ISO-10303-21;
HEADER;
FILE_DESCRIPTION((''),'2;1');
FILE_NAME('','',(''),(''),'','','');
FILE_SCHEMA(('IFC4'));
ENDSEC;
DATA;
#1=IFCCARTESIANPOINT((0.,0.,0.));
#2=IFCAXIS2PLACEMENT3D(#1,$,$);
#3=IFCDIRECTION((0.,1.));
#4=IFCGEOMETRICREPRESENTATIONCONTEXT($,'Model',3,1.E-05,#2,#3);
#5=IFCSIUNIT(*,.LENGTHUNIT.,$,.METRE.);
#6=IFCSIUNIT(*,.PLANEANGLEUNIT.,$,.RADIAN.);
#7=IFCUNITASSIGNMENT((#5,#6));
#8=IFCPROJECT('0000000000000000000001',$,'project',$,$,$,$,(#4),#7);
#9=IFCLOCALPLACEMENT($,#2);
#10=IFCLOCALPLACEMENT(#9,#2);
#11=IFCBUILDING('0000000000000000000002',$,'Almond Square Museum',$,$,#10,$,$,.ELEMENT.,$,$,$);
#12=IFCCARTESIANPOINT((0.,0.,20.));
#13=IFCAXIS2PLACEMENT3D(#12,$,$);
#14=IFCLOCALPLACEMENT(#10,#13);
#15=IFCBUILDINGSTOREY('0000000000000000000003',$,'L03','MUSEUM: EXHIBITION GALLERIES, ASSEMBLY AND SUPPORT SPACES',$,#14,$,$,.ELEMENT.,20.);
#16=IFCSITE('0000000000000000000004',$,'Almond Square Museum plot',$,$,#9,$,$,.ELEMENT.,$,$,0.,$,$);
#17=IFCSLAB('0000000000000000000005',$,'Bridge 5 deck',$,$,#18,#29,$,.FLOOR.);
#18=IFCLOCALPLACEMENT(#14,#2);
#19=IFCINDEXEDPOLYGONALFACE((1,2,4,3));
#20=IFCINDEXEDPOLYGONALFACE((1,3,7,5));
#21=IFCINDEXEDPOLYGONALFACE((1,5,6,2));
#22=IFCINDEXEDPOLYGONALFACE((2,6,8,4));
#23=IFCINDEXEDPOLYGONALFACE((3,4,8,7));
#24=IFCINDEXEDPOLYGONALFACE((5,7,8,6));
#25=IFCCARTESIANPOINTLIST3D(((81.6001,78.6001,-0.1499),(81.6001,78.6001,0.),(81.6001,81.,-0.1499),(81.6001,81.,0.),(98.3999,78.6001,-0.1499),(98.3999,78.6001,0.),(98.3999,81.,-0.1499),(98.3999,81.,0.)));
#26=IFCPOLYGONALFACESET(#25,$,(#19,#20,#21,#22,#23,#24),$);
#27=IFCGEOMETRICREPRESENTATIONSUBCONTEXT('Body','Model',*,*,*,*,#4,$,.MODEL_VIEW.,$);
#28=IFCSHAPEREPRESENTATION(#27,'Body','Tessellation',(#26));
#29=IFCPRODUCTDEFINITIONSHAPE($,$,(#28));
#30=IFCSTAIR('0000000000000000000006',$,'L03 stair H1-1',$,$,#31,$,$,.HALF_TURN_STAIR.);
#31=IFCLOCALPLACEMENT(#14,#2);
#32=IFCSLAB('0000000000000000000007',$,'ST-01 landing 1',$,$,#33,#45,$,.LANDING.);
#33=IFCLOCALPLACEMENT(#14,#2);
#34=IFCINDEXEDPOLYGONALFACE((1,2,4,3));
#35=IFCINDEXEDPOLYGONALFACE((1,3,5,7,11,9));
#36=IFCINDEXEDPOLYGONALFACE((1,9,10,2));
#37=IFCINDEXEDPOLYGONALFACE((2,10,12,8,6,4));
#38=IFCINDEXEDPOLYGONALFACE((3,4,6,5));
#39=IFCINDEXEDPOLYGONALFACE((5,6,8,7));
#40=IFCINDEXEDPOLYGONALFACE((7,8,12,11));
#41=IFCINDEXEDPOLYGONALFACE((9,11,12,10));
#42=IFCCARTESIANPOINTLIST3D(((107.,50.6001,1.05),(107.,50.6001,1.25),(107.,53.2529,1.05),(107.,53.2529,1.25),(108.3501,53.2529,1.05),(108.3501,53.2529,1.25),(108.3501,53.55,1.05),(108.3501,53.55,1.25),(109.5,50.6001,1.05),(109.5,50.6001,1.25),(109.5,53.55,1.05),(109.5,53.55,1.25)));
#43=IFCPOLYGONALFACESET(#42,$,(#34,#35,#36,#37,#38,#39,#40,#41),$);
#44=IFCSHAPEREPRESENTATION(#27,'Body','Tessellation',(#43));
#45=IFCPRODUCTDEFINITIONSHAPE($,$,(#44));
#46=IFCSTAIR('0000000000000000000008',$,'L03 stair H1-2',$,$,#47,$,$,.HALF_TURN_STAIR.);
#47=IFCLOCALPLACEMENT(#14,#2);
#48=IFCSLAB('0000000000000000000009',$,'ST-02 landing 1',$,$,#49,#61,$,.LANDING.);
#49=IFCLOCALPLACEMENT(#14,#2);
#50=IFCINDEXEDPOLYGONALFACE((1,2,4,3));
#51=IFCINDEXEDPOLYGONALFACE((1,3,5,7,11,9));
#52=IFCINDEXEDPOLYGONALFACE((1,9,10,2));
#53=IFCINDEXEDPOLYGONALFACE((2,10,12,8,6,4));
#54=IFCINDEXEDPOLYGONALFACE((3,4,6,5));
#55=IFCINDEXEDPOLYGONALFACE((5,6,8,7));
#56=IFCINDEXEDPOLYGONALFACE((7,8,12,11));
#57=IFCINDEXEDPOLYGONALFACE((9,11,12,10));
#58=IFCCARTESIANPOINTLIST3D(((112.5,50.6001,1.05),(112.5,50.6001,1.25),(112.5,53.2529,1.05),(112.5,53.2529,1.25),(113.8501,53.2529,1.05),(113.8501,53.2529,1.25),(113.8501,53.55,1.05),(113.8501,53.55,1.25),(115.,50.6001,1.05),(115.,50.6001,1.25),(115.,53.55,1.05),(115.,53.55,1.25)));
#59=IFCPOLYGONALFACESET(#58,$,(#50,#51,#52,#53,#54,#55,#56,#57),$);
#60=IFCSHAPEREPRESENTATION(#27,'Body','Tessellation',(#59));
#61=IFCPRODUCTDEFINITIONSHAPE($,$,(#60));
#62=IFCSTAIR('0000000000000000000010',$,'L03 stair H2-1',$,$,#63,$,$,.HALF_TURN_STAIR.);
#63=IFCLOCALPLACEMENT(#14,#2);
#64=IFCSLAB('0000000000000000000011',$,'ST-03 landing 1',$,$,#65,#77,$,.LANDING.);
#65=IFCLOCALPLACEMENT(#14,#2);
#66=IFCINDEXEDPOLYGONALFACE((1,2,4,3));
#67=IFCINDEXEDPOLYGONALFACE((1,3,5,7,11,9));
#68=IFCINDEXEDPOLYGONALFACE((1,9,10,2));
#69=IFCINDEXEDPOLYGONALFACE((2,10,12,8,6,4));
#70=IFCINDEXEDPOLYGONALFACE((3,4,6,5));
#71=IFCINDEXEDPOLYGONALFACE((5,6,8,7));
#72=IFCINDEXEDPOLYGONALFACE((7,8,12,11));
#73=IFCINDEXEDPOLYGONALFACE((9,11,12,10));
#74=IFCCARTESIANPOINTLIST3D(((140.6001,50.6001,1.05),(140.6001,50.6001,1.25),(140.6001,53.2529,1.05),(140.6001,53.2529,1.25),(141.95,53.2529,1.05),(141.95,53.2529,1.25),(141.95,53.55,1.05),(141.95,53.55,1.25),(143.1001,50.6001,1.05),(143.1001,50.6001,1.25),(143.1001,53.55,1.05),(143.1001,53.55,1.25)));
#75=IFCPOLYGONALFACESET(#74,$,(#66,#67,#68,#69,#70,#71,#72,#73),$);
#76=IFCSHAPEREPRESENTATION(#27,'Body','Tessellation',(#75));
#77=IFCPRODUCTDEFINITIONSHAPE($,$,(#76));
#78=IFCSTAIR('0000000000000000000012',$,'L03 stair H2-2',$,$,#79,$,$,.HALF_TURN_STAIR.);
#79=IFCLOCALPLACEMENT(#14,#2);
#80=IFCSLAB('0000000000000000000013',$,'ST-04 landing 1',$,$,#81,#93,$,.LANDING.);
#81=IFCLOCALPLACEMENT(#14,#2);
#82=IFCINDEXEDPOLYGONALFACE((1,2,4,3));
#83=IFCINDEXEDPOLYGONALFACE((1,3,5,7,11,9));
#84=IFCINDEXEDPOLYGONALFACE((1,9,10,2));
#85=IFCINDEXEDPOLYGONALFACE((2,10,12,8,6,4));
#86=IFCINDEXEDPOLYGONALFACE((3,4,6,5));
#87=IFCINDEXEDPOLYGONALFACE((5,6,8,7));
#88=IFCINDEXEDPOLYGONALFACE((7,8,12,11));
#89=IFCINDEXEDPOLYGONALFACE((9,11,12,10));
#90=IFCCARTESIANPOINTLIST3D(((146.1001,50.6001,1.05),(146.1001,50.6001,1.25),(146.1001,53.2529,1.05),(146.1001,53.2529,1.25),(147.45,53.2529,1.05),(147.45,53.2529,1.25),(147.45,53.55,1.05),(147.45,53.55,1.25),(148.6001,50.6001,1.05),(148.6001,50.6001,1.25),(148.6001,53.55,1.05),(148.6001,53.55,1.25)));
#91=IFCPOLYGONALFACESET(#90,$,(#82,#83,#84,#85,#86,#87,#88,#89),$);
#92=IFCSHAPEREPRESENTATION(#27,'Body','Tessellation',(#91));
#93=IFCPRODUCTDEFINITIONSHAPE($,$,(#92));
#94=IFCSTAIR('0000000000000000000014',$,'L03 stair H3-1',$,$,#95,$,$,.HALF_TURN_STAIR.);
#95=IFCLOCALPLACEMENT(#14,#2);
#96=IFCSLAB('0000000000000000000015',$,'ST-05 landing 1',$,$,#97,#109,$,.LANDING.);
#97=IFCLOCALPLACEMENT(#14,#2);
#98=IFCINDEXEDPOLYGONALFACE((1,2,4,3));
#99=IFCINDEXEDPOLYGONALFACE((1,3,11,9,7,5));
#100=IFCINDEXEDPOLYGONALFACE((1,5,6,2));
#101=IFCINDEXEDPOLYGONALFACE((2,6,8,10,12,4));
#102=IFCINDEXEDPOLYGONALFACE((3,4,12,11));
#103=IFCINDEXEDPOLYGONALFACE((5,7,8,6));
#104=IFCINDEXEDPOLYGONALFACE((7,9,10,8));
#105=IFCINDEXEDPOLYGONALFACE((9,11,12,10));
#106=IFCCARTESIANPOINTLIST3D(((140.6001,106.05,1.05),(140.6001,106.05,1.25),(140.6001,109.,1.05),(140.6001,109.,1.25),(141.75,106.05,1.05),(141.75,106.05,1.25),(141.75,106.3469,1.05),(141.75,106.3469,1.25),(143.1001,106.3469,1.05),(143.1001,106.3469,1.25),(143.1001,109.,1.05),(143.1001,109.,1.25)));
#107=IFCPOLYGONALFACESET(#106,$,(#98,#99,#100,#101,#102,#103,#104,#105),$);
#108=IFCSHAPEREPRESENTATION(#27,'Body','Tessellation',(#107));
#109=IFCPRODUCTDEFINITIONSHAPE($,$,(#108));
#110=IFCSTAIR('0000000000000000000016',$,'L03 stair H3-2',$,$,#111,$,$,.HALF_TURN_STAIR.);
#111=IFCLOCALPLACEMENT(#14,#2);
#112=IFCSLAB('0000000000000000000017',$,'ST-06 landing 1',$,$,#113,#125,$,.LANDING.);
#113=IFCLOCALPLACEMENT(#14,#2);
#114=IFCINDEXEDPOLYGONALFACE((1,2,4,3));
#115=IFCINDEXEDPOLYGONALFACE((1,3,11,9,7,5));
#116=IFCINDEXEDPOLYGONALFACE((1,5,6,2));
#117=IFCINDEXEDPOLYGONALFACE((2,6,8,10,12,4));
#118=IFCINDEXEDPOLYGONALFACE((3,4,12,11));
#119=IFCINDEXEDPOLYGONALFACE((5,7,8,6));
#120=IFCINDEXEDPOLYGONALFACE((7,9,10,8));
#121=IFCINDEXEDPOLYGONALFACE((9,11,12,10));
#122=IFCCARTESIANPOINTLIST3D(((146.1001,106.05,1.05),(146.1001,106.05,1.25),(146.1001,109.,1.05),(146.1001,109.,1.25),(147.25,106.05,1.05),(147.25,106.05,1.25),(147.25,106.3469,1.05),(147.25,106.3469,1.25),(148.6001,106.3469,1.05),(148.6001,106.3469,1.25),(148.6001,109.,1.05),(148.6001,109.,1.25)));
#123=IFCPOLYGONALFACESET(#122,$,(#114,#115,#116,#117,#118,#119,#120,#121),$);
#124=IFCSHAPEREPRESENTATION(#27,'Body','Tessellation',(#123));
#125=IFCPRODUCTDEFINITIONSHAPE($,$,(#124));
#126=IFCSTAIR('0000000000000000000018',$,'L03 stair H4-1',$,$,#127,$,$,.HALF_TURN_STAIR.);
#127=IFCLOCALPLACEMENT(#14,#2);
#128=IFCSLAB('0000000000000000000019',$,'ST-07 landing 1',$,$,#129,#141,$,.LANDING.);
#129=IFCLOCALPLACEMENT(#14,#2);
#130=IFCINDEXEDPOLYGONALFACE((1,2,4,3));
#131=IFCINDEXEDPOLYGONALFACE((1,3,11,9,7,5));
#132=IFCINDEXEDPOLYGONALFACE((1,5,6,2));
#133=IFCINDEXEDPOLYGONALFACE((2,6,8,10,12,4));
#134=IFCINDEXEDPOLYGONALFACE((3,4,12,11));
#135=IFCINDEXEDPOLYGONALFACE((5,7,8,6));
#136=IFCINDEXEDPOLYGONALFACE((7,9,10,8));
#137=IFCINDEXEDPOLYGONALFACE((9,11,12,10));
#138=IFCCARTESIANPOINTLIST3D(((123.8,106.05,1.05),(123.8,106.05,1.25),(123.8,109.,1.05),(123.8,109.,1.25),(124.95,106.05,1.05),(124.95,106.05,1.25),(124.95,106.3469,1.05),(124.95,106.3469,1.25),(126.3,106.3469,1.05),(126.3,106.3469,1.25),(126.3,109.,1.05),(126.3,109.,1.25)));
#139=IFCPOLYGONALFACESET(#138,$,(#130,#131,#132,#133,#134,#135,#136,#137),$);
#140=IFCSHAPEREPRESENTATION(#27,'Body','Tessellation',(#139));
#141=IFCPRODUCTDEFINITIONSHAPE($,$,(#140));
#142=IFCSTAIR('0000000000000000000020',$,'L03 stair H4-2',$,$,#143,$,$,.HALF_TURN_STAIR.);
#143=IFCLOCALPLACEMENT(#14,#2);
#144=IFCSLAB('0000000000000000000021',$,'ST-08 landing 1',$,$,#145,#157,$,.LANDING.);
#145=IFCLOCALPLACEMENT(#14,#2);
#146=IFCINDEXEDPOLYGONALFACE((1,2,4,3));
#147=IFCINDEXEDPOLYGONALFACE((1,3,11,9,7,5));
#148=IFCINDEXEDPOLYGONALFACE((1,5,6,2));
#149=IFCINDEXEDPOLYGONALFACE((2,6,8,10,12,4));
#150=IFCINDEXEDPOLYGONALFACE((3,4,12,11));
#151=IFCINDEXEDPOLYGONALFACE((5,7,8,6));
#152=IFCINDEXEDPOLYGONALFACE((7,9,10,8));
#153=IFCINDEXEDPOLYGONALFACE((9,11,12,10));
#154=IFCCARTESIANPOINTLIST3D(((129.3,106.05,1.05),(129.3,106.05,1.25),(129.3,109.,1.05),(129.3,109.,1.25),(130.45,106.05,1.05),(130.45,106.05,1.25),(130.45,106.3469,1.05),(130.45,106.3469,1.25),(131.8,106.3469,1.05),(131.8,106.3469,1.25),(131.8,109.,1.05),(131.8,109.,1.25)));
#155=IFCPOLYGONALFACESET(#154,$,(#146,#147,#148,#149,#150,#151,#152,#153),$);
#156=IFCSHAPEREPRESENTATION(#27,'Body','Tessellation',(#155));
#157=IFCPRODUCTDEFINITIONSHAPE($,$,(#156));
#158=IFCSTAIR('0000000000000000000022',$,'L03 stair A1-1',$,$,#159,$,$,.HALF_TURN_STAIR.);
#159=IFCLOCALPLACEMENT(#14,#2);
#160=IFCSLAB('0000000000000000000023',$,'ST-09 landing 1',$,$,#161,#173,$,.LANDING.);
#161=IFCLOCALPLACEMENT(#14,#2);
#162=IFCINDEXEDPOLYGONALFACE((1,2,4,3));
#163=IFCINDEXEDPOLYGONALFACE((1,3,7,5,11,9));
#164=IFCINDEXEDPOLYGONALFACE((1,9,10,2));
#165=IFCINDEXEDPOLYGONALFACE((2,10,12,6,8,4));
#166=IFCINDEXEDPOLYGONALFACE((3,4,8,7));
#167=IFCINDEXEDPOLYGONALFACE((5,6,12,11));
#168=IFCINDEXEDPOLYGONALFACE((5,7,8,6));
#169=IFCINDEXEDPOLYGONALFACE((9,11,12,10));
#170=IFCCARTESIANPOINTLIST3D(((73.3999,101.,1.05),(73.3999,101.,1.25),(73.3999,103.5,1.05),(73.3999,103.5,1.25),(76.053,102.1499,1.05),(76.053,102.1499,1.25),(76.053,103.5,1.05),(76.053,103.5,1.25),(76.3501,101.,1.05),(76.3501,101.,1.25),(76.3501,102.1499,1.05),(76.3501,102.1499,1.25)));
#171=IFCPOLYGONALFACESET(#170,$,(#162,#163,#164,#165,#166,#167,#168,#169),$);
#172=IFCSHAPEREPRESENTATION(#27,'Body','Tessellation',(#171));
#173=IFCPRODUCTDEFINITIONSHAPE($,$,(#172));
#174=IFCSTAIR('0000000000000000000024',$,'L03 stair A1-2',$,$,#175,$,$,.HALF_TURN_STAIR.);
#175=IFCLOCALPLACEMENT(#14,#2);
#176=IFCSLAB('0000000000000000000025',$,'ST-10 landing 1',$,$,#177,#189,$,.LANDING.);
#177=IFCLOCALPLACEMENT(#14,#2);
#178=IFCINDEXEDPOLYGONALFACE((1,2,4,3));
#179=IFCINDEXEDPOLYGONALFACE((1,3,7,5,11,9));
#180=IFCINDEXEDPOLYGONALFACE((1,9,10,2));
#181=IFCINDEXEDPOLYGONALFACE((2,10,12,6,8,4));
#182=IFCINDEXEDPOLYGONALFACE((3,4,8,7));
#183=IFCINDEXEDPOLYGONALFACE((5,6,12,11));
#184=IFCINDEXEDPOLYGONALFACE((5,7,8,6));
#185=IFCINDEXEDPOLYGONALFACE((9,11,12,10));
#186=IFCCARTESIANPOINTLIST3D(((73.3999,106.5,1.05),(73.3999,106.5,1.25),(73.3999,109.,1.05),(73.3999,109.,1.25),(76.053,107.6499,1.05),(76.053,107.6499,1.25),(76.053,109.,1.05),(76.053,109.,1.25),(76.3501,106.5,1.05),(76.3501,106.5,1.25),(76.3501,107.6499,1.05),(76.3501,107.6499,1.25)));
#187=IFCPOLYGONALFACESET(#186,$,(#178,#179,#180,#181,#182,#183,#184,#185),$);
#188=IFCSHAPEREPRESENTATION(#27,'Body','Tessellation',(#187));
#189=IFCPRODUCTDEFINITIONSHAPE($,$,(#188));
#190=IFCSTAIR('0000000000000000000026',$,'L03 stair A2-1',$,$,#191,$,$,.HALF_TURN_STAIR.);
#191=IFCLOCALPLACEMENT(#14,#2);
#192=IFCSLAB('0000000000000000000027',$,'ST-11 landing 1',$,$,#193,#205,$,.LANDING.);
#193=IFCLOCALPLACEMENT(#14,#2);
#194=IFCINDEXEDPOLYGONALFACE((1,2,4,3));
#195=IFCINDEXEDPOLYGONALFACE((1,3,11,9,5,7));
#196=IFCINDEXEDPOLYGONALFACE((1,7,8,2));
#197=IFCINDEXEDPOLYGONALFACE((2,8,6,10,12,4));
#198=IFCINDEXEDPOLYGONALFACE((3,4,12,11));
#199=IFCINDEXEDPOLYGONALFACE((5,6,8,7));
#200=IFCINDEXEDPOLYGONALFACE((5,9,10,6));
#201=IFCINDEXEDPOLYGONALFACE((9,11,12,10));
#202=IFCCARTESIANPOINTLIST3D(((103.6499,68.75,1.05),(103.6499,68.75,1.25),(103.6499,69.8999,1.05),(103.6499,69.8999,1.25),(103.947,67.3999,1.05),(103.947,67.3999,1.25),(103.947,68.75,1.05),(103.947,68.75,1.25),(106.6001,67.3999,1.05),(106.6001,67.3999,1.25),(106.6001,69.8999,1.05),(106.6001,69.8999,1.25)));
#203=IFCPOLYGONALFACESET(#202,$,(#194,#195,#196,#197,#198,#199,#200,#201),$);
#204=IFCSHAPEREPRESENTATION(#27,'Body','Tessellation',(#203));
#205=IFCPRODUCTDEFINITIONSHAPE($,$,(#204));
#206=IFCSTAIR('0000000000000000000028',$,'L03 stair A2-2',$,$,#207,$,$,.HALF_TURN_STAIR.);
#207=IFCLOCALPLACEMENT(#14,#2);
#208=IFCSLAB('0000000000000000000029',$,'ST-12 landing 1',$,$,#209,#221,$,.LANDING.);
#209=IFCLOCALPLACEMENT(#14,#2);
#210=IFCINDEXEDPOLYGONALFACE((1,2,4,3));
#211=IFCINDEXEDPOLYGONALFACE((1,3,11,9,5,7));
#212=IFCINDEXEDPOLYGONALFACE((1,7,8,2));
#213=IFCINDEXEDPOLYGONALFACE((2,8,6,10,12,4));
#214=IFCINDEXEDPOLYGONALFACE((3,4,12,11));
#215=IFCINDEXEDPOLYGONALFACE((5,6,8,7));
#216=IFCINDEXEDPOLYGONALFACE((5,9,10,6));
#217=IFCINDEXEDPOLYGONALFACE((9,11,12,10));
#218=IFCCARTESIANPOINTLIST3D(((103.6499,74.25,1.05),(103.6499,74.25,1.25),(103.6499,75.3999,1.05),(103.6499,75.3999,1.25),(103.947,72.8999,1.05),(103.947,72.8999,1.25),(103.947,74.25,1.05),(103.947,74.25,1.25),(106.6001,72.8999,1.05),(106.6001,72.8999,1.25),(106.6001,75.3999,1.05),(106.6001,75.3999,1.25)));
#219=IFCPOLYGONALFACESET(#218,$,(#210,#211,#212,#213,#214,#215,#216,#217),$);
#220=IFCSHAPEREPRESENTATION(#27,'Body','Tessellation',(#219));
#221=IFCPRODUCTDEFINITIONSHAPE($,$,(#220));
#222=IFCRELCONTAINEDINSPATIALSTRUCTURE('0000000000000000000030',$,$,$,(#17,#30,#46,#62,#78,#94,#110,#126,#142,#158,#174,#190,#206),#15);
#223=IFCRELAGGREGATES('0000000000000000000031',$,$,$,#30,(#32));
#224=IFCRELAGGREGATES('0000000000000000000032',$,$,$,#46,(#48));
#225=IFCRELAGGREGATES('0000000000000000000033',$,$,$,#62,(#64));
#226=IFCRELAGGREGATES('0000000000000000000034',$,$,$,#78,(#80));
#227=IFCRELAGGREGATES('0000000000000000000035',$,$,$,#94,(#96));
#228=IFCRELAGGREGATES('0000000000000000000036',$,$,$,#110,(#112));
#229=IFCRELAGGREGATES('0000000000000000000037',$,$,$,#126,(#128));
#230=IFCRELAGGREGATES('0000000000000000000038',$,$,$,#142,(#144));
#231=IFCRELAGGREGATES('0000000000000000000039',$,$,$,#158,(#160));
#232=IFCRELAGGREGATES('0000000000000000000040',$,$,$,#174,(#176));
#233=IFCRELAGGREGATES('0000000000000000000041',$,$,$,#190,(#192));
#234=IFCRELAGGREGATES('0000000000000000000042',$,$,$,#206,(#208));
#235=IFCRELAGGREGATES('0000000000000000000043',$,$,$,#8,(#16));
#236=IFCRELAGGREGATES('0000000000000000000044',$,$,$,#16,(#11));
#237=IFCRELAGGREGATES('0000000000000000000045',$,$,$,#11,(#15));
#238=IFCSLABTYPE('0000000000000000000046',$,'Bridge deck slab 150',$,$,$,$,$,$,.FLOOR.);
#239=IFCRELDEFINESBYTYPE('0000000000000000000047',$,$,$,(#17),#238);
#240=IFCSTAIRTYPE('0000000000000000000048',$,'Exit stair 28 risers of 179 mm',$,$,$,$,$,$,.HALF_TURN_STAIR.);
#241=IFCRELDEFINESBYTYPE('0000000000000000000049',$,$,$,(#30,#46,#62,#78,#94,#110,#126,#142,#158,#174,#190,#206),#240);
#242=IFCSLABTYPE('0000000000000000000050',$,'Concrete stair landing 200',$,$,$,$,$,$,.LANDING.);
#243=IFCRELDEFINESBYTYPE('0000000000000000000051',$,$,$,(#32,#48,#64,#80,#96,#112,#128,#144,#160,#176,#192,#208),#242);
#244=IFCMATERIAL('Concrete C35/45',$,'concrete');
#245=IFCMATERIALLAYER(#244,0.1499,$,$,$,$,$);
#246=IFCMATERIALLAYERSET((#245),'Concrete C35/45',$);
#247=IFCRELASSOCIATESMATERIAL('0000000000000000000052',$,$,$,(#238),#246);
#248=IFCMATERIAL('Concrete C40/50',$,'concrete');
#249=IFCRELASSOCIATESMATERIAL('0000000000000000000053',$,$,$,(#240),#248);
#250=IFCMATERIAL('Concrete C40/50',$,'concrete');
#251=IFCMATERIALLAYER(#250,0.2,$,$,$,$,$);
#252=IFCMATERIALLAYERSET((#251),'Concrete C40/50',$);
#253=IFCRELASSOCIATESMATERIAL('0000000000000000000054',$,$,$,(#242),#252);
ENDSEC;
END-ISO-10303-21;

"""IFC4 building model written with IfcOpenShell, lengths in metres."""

from ifc_helpers import new_model, si_unit, direction, frame, origin, place, context, subcontext, project, spatial, polyline, outline, extrude, material, layer, layer_set, type_object, element, aggregate, save


model = new_model("IFC4")

# Units and contexts
model_context = context("Model", 3, precision=1e-05, world=origin(), true_north=direction((0.0, 1.0)))
body_context = subcontext(model_context, "Body", "Model", "MODEL_VIEW")
ifc_project = project(units=[si_unit("LENGTHUNIT", "METRE"), si_unit("PLANEANGLEUNIT", "RADIAN")], contexts=[model_context])

# Site, building, storey
site_placement = place(None, origin())
site = spatial("IfcSite", under=ifc_project, at=site_placement, Name="Almond Square Museum plot", CompositionType="ELEMENT", RefElevation=0.0)
building_placement = place(site_placement, origin())
building = spatial("IfcBuilding", under=site, at=building_placement, Name="Almond Square Museum", CompositionType="ELEMENT")
storey_placement = place(building_placement, frame((0.0, 0.0, 20.0)))
storey = spatial("IfcBuildingStorey", under=building, at=storey_placement, Name="L03", Description="MUSEUM: EXHIBITION GALLERIES, ASSEMBLY AND SUPPORT SPACES", CompositionType="ELEMENT", Elevation=20.0)

# Slab
ifc_material_1 = material(Name="Concrete C35/45", Category="concrete")
ifc_layer_1 = layer(ifc_material_1, 0.1499)
ifc_layer_set_1 = layer_set([ifc_layer_1], Name="Concrete C35/45")
slab_type_1 = type_object("IfcSlabType", Name="Bridge deck slab 150", PredefinedType="FLOOR", material=ifc_layer_set_1)
slab_1_placement = place(storey_placement, frame((0.0, 0.0, -0.1499)))
element("IfcSlab", 1, at=slab_1_placement, inside=storey, type_object=slab_type_1, Name="Bridge 5 deck", PredefinedType="FLOOR", context=body_context, shape_type="SweptSolid", body=[
    extrude(outline(polyline([(81.6001, 78.6001), (98.3999, 78.6001), (98.3999, 81.0), (81.6001, 81.0), (81.6001, 78.6001)])), origin(), (0.0, 0.0, 1.0), 0.1499),
])

# Stairs, slabs
ifc_material_2 = material(Name="Concrete C40/50", Category="concrete")
stair_type = type_object("IfcStairType", Name="Exit stair 28 risers of 179 mm", PredefinedType="HALF_TURN_STAIR", material=ifc_material_2)
stair_1_placement = place(storey_placement, origin())
stair_1 = element("IfcStair", 2, at=stair_1_placement, inside=storey, type_object=stair_type, Name="L03 stair H1-1", PredefinedType="HALF_TURN_STAIR")
ifc_material_3 = material(Name="Concrete C40/50", Category="concrete")
ifc_layer_2 = layer(ifc_material_3, 0.2)
ifc_layer_set_2 = layer_set([ifc_layer_2], Name="Concrete C40/50")
slab_type_2 = type_object("IfcSlabType", Name="Concrete stair landing 200", PredefinedType="LANDING", material=ifc_layer_set_2)
slab_2_placement = place(storey_placement, frame((0.0, 0.0, 1.05)))
slab_2 = element("IfcSlab", 3, at=slab_2_placement, type_object=slab_type_2, Name="ST-01 landing 1", PredefinedType="LANDING", context=body_context, shape_type="SweptSolid", body=[
    extrude(outline(polyline([(107.0, 53.2529), (107.0, 50.6001), (109.5, 50.6001), (109.5, 53.55), (108.3501, 53.55), (108.3501, 53.2529), (107.0, 53.2529)])), origin(), (0.0, 0.0, 1.0), 0.2),
])
aggregate(stair_1, [slab_2])
stair_2_placement = place(storey_placement, origin())
stair_2 = element("IfcStair", 4, at=stair_2_placement, inside=storey, type_object=stair_type, Name="L03 stair H1-2", PredefinedType="HALF_TURN_STAIR")
slab_3_placement = place(storey_placement, frame((0.0, 0.0, 1.05)))
slab_3 = element("IfcSlab", 5, at=slab_3_placement, type_object=slab_type_2, Name="ST-02 landing 1", PredefinedType="LANDING", context=body_context, shape_type="SweptSolid", body=[
    extrude(outline(polyline([(112.5, 53.2529), (112.5, 50.6001), (115.0, 50.6001), (115.0, 53.55), (113.8501, 53.55), (113.8501, 53.2529), (112.5, 53.2529)])), origin(), (0.0, 0.0, 1.0), 0.2),
])
aggregate(stair_2, [slab_3])
stair_3_placement = place(storey_placement, origin())
stair_3 = element("IfcStair", 6, at=stair_3_placement, inside=storey, type_object=stair_type, Name="L03 stair H2-1", PredefinedType="HALF_TURN_STAIR")
slab_4_placement = place(storey_placement, frame((0.0, 0.0, 1.05)))
slab_4 = element("IfcSlab", 7, at=slab_4_placement, type_object=slab_type_2, Name="ST-03 landing 1", PredefinedType="LANDING", context=body_context, shape_type="SweptSolid", body=[
    extrude(outline(polyline([(140.6001, 53.2529), (140.6001, 50.6001), (143.1001, 50.6001), (143.1001, 53.55), (141.95, 53.55), (141.95, 53.2529), (140.6001, 53.2529)])), origin(), (0.0, 0.0, 1.0), 0.2),
])
aggregate(stair_3, [slab_4])
stair_4_placement = place(storey_placement, origin())
stair_4 = element("IfcStair", 8, at=stair_4_placement, inside=storey, type_object=stair_type, Name="L03 stair H2-2", PredefinedType="HALF_TURN_STAIR")
slab_5_placement = place(storey_placement, frame((0.0, 0.0, 1.05)))
slab_5 = element("IfcSlab", 9, at=slab_5_placement, type_object=slab_type_2, Name="ST-04 landing 1", PredefinedType="LANDING", context=body_context, shape_type="SweptSolid", body=[
    extrude(outline(polyline([(146.1001, 53.2529), (146.1001, 50.6001), (148.6001, 50.6001), (148.6001, 53.55), (147.45, 53.55), (147.45, 53.2529), (146.1001, 53.2529)])), origin(), (0.0, 0.0, 1.0), 0.2),
])
aggregate(stair_4, [slab_5])
stair_5_placement = place(storey_placement, origin())
stair_5 = element("IfcStair", 10, at=stair_5_placement, inside=storey, type_object=stair_type, Name="L03 stair H3-1", PredefinedType="HALF_TURN_STAIR")
slab_6_placement = place(storey_placement, frame((0.0, 0.0, 1.05)))
slab_6 = element("IfcSlab", 11, at=slab_6_placement, type_object=slab_type_2, Name="ST-05 landing 1", PredefinedType="LANDING", context=body_context, shape_type="SweptSolid", body=[
    extrude(outline(polyline([(143.1001, 106.3469), (143.1001, 109.0), (140.6001, 109.0), (140.6001, 106.05), (141.75, 106.05), (141.75, 106.3469), (143.1001, 106.3469)])), origin(), (0.0, 0.0, 1.0), 0.2),
])
aggregate(stair_5, [slab_6])
stair_6_placement = place(storey_placement, origin())
stair_6 = element("IfcStair", 12, at=stair_6_placement, inside=storey, type_object=stair_type, Name="L03 stair H3-2", PredefinedType="HALF_TURN_STAIR")
slab_7_placement = place(storey_placement, frame((0.0, 0.0, 1.05)))
slab_7 = element("IfcSlab", 13, at=slab_7_placement, type_object=slab_type_2, Name="ST-06 landing 1", PredefinedType="LANDING", context=body_context, shape_type="SweptSolid", body=[
    extrude(outline(polyline([(148.6001, 106.3469), (148.6001, 109.0), (146.1001, 109.0), (146.1001, 106.05), (147.25, 106.05), (147.25, 106.3469), (148.6001, 106.3469)])), origin(), (0.0, 0.0, 1.0), 0.2),
])
aggregate(stair_6, [slab_7])
stair_7_placement = place(storey_placement, origin())
stair_7 = element("IfcStair", 14, at=stair_7_placement, inside=storey, type_object=stair_type, Name="L03 stair H4-1", PredefinedType="HALF_TURN_STAIR")
slab_8_placement = place(storey_placement, frame((0.0, 0.0, 1.05)))
slab_8 = element("IfcSlab", 15, at=slab_8_placement, type_object=slab_type_2, Name="ST-07 landing 1", PredefinedType="LANDING", context=body_context, shape_type="SweptSolid", body=[
    extrude(outline(polyline([(126.3, 106.3469), (126.3, 109.0), (123.8, 109.0), (123.8, 106.05), (124.95, 106.05), (124.95, 106.3469), (126.3, 106.3469)])), origin(), (0.0, 0.0, 1.0), 0.2),
])
aggregate(stair_7, [slab_8])
stair_8_placement = place(storey_placement, origin())
stair_8 = element("IfcStair", 16, at=stair_8_placement, inside=storey, type_object=stair_type, Name="L03 stair H4-2", PredefinedType="HALF_TURN_STAIR")
slab_9_placement = place(storey_placement, frame((0.0, 0.0, 1.05)))
slab_9 = element("IfcSlab", 17, at=slab_9_placement, type_object=slab_type_2, Name="ST-08 landing 1", PredefinedType="LANDING", context=body_context, shape_type="SweptSolid", body=[
    extrude(outline(polyline([(131.8, 106.3469), (131.8, 109.0), (129.3, 109.0), (129.3, 106.05), (130.45, 106.05), (130.45, 106.3469), (131.8, 106.3469)])), origin(), (0.0, 0.0, 1.0), 0.2),
])
aggregate(stair_8, [slab_9])
stair_9_placement = place(storey_placement, origin())
stair_9 = element("IfcStair", 18, at=stair_9_placement, inside=storey, type_object=stair_type, Name="L03 stair A1-1", PredefinedType="HALF_TURN_STAIR")
slab_10_placement = place(storey_placement, frame((0.0, 0.0, 1.05)))
slab_10 = element("IfcSlab", 19, at=slab_10_placement, type_object=slab_type_2, Name="ST-09 landing 1", PredefinedType="LANDING", context=body_context, shape_type="SweptSolid", body=[
    extrude(outline(polyline([(76.053, 103.5), (73.3999, 103.5), (73.3999, 101.0), (76.3501, 101.0), (76.3501, 102.1499), (76.053, 102.1499), (76.053, 103.5)])), origin(), (0.0, 0.0, 1.0), 0.2),
])
aggregate(stair_9, [slab_10])
stair_10_placement = place(storey_placement, origin())
stair_10 = element("IfcStair", 20, at=stair_10_placement, inside=storey, type_object=stair_type, Name="L03 stair A1-2", PredefinedType="HALF_TURN_STAIR")
slab_11_placement = place(storey_placement, frame((0.0, 0.0, 1.05)))
slab_11 = element("IfcSlab", 21, at=slab_11_placement, type_object=slab_type_2, Name="ST-10 landing 1", PredefinedType="LANDING", context=body_context, shape_type="SweptSolid", body=[
    extrude(outline(polyline([(76.053, 109.0), (73.3999, 109.0), (73.3999, 106.5), (76.3501, 106.5), (76.3501, 107.6499), (76.053, 107.6499), (76.053, 109.0)])), origin(), (0.0, 0.0, 1.0), 0.2),
])
aggregate(stair_10, [slab_11])
stair_11_placement = place(storey_placement, origin())
stair_11 = element("IfcStair", 22, at=stair_11_placement, inside=storey, type_object=stair_type, Name="L03 stair A2-1", PredefinedType="HALF_TURN_STAIR")
slab_12_placement = place(storey_placement, frame((0.0, 0.0, 1.05)))
slab_12 = element("IfcSlab", 23, at=slab_12_placement, type_object=slab_type_2, Name="ST-11 landing 1", PredefinedType="LANDING", context=body_context, shape_type="SweptSolid", body=[
    extrude(outline(polyline([(103.947, 67.3999), (106.6001, 67.3999), (106.6001, 69.8999), (103.6499, 69.8999), (103.6499, 68.75), (103.947, 68.75), (103.947, 67.3999)])), origin(), (0.0, 0.0, 1.0), 0.2),
])
aggregate(stair_11, [slab_12])
stair_12_placement = place(storey_placement, origin())
stair_12 = element("IfcStair", 24, at=stair_12_placement, inside=storey, type_object=stair_type, Name="L03 stair A2-2", PredefinedType="HALF_TURN_STAIR")
slab_13_placement = place(storey_placement, frame((0.0, 0.0, 1.05)))
slab_13 = element("IfcSlab", 25, at=slab_13_placement, type_object=slab_type_2, Name="ST-12 landing 1", PredefinedType="LANDING", context=body_context, shape_type="SweptSolid", body=[
    extrude(outline(polyline([(103.947, 72.8999), (106.6001, 72.8999), (106.6001, 75.3999), (103.6499, 75.3999), (103.6499, 74.25), (103.947, 74.25), (103.947, 72.8999)])), origin(), (0.0, 0.0, 1.0), 0.2),
])
aggregate(stair_12, [slab_13])

save(model, "model.ifc")
